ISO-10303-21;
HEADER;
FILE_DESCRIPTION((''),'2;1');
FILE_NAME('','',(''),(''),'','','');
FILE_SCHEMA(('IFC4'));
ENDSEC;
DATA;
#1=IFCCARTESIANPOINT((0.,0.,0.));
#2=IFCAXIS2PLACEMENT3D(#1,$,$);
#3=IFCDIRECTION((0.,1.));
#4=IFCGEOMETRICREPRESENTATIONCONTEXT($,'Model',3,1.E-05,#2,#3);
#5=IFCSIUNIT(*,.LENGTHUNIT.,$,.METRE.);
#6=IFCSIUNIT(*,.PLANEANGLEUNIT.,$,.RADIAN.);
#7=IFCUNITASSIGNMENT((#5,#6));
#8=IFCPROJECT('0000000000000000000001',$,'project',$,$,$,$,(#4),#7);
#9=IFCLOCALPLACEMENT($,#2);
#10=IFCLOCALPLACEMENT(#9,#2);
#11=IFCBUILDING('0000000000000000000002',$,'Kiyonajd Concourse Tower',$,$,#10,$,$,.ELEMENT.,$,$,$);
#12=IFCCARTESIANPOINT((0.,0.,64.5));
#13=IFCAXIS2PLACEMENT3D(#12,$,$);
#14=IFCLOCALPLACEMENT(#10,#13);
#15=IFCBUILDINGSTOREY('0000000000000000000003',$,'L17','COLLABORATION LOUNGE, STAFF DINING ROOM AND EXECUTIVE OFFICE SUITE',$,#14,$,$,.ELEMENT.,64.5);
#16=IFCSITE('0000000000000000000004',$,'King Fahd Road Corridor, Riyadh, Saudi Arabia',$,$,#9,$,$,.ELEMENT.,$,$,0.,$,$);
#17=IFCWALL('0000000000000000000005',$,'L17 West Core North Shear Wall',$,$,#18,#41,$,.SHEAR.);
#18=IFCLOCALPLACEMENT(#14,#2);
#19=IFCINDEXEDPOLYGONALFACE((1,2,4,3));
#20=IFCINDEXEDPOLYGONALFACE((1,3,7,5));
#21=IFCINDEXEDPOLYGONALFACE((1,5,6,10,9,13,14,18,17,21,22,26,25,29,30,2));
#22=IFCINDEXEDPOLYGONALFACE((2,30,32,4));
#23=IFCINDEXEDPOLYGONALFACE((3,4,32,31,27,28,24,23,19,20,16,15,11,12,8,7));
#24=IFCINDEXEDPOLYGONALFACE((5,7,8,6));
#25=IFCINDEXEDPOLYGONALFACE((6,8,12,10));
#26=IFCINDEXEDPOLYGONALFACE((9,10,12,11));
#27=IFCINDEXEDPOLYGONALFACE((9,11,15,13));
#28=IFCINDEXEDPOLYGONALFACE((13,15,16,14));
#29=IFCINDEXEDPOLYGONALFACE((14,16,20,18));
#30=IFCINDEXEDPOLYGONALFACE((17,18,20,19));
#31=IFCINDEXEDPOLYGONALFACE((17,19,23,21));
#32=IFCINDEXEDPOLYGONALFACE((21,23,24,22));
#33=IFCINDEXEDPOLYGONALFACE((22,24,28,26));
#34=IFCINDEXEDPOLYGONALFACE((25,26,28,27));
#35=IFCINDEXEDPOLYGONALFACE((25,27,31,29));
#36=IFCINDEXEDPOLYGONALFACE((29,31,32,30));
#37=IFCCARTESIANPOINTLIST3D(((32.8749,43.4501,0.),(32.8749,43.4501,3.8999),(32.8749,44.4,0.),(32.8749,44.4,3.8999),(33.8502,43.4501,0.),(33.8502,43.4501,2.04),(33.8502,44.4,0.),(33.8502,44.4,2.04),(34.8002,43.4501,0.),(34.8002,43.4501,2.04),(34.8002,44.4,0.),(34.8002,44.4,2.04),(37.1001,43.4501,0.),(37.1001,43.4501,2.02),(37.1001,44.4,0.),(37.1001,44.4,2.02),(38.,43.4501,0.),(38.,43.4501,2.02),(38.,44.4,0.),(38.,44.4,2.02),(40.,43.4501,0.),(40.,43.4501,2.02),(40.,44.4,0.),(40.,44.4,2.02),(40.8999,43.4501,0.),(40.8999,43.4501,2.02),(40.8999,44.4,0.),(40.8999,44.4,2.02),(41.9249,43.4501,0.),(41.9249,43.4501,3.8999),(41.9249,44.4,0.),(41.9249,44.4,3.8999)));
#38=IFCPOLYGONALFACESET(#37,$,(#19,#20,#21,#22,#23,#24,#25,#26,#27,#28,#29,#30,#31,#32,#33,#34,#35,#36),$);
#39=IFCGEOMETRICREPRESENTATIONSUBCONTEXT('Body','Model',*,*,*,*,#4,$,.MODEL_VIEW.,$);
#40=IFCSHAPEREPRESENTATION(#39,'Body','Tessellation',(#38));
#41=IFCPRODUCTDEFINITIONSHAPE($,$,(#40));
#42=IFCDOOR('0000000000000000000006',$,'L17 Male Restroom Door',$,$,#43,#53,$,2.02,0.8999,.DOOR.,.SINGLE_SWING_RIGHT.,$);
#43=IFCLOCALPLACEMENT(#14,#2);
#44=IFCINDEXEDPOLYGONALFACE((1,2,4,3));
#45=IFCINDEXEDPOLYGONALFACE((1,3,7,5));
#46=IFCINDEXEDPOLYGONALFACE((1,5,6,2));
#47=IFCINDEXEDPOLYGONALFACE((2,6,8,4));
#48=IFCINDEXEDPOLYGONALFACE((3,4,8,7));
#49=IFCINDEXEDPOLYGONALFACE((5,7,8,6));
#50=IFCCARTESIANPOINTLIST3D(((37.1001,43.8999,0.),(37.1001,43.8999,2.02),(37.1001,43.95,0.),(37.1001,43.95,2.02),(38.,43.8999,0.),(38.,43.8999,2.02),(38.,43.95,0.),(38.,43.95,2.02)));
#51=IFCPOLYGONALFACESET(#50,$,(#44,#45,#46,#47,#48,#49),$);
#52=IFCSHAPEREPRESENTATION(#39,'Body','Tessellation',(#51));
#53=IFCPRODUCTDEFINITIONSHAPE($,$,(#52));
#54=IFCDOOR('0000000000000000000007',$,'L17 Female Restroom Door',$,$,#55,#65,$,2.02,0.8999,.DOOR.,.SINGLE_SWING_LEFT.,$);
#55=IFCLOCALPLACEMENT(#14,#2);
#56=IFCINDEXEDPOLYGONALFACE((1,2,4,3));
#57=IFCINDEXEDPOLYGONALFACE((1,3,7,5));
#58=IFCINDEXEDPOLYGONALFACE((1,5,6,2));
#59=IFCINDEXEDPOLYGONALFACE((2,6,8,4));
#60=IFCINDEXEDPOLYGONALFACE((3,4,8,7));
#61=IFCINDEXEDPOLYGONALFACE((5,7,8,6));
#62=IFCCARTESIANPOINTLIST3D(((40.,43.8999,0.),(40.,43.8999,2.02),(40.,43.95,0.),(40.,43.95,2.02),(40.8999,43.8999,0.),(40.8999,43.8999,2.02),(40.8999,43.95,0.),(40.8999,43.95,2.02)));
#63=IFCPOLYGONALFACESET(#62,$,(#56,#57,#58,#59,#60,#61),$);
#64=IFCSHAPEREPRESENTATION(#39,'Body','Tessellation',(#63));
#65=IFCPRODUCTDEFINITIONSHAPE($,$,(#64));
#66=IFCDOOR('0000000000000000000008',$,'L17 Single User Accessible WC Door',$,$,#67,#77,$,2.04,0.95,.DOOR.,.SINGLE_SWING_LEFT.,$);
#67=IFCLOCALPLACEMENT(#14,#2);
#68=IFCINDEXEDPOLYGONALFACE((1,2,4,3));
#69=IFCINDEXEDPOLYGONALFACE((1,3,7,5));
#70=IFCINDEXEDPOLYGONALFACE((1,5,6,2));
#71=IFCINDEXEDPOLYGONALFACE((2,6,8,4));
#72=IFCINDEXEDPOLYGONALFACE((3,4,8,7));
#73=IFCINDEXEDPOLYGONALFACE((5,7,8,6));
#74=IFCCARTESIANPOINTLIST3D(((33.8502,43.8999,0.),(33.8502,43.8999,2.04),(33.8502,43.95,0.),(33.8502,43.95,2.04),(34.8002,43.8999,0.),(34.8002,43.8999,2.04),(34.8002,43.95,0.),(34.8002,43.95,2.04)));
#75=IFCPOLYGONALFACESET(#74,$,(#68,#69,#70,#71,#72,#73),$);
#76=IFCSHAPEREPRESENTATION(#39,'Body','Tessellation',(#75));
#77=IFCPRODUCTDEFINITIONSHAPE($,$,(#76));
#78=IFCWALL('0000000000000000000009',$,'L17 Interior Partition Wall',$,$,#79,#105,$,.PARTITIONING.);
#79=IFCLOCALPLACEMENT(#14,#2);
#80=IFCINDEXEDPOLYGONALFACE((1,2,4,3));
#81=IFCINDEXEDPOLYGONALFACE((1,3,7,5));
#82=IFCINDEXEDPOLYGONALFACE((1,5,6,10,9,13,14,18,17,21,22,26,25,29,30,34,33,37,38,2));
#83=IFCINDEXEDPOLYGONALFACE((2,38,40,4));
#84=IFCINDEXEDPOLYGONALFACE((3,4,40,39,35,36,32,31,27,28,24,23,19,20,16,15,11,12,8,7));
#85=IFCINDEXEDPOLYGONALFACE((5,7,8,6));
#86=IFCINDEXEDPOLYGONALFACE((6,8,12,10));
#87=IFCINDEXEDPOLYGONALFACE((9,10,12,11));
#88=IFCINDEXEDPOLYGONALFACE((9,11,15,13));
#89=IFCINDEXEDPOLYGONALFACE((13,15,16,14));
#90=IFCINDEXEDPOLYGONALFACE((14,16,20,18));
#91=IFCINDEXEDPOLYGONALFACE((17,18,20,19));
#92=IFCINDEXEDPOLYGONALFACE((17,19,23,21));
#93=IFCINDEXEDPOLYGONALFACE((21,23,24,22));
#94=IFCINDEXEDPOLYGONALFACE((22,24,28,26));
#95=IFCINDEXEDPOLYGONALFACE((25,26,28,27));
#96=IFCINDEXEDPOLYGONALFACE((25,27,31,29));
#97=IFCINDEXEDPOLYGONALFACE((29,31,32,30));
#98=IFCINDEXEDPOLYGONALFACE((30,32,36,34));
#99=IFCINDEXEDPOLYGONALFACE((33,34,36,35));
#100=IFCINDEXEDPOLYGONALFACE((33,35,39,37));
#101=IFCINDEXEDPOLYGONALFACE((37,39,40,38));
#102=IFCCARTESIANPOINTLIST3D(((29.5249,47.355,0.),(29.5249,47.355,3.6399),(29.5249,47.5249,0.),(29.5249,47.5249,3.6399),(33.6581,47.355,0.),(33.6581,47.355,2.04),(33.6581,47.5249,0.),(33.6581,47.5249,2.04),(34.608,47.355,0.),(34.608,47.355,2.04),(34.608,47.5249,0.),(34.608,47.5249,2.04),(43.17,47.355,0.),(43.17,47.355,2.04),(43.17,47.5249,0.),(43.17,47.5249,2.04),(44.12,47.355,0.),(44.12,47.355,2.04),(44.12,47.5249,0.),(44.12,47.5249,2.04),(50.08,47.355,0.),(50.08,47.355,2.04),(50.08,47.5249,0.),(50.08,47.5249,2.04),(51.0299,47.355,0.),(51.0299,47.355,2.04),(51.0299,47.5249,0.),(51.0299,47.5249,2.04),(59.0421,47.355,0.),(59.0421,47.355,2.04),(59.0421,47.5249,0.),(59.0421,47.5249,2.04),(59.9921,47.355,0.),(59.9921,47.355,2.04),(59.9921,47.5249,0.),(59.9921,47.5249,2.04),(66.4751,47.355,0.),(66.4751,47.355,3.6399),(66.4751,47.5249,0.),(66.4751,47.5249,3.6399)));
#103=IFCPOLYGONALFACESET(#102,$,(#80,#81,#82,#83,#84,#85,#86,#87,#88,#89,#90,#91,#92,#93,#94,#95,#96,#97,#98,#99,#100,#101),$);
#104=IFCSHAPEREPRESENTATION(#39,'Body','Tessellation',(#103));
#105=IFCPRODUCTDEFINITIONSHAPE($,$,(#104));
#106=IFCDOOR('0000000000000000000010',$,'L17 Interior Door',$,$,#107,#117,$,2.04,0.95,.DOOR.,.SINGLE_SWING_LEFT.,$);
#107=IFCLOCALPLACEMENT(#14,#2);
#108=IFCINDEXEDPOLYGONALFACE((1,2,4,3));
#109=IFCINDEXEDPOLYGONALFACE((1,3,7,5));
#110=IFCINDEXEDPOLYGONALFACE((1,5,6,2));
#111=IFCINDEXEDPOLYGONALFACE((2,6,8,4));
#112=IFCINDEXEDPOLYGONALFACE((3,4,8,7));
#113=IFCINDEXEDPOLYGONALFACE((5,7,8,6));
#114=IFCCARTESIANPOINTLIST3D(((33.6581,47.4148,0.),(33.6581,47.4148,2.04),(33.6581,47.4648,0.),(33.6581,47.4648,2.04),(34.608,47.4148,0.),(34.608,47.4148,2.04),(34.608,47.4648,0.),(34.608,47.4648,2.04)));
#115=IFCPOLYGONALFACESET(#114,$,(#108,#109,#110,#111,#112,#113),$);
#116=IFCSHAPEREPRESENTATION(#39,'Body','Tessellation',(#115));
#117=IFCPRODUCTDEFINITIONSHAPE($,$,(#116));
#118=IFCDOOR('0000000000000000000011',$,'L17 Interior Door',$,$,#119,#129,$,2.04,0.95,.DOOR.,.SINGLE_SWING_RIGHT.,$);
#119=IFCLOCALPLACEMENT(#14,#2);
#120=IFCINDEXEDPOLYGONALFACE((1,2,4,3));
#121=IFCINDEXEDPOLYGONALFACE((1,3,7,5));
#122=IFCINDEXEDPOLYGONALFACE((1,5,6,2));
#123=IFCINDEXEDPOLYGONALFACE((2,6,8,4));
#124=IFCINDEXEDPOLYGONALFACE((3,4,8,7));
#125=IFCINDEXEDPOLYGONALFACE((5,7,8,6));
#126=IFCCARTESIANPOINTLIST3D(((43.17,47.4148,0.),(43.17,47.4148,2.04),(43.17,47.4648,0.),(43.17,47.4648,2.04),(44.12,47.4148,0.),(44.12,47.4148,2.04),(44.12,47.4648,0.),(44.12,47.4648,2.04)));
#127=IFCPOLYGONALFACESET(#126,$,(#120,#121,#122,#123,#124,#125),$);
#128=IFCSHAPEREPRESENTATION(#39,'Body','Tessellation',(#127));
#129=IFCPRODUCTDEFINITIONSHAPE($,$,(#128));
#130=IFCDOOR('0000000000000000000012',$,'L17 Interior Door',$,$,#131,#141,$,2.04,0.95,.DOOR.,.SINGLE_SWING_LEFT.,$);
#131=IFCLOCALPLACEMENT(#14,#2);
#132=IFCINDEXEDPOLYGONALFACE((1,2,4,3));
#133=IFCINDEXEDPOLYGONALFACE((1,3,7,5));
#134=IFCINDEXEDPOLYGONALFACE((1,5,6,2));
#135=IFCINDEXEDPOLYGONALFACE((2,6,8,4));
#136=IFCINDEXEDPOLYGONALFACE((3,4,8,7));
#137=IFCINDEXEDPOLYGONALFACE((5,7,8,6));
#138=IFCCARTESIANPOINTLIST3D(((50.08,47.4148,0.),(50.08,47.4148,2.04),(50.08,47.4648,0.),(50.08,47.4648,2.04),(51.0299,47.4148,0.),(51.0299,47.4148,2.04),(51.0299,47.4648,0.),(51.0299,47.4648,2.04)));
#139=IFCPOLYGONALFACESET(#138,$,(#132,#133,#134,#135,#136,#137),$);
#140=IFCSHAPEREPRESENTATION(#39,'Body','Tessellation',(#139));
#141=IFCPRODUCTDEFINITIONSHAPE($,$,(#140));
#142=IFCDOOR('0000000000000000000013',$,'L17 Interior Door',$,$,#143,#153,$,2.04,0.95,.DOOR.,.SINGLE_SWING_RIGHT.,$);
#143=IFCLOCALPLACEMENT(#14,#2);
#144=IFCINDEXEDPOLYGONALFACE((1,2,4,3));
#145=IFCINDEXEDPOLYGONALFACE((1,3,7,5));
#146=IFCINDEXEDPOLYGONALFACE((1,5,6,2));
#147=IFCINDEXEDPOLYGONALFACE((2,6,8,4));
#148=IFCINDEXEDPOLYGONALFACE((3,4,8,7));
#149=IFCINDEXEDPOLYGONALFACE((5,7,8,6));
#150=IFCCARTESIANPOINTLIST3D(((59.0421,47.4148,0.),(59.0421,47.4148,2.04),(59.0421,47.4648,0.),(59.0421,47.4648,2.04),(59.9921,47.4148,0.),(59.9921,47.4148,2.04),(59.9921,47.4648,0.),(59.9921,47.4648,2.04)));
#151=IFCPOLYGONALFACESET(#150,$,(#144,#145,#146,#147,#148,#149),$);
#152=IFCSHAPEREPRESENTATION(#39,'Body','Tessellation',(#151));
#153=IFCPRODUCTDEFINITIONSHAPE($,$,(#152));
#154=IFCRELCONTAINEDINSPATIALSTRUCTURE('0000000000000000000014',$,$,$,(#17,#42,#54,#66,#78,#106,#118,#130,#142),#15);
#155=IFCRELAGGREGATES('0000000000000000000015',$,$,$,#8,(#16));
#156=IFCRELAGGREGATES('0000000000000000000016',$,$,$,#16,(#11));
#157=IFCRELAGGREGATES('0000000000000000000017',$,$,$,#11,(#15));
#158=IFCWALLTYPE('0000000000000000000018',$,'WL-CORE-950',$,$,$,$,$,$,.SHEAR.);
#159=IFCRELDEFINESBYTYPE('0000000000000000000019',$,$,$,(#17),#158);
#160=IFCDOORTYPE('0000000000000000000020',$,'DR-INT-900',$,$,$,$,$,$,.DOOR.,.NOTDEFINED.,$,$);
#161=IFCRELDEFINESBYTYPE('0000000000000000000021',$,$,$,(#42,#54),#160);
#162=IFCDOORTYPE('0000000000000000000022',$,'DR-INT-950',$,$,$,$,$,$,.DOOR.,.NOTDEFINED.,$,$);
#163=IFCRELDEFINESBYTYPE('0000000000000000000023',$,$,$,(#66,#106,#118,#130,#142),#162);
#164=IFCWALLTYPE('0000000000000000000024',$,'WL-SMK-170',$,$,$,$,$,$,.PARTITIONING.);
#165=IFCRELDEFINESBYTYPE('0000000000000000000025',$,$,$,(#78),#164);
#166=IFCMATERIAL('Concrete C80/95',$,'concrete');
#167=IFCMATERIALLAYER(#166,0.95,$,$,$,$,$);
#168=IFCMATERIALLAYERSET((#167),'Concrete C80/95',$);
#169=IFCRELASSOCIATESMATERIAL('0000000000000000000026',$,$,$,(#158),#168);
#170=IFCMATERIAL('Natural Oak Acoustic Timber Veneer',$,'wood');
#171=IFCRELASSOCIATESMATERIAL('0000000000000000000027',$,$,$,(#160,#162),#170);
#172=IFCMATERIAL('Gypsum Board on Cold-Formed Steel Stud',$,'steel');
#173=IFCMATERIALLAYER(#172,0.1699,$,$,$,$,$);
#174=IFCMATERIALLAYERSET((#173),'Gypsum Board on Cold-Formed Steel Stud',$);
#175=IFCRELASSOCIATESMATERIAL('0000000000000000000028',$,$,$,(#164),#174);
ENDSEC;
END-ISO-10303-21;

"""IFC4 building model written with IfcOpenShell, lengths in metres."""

from ifc_helpers import new_model, si_unit, direction, frame, frame_2d, origin, place, context, subcontext, project, spatial, rectangle, extrude, material, layer, layer_set, type_object, element, fill, save


model = new_model("IFC4")

# Units and contexts
model_context = context("Model", 3, precision=1e-05, world=origin(), true_north=direction((0.0, 1.0)))
body_context = subcontext(model_context, "Body", "Model", "MODEL_VIEW")
ifc_project = project(units=[si_unit("LENGTHUNIT", "METRE"), si_unit("PLANEANGLEUNIT", "RADIAN")], contexts=[model_context])

# Site, building, storey
site_placement = place(None, origin())
site = spatial("IfcSite", under=ifc_project, at=site_placement, Name="King Fahd Road Corridor, Riyadh, Saudi Arabia", CompositionType="ELEMENT", RefElevation=0.0)
building_placement = place(site_placement, origin())
building = spatial("IfcBuilding", under=site, at=building_placement, Name="Kiyonajd Concourse Tower", CompositionType="ELEMENT")
storey_placement = place(building_placement, frame((0.0, 0.0, 64.5)))
storey = spatial("IfcBuildingStorey", under=building, at=storey_placement, Name="L17", Description="COLLABORATION LOUNGE, STAFF DINING ROOM AND EXECUTIVE OFFICE SUITE", CompositionType="ELEMENT", Elevation=64.5)

# Shared definitions
ifc_material_1 = material(Name="Concrete C80/95", Category="concrete")

# Walls, openings, doors
ifc_layer_1 = layer(ifc_material_1, 0.95)
ifc_layer_set_1 = layer_set([ifc_layer_1], Name="Concrete C80/95")
wall_type_1 = type_object("IfcWallType", Name="WL-CORE-950", PredefinedType="SHEAR", material=ifc_layer_set_1)
wall_1_placement = place(storey_placement, frame((32.875, 43.925, 0.0), z_axis=(0.0, 0.0, 1.0), x_axis=(1.0, 0.0, 0.0)))
wall_1 = element("IfcWall", 1, at=wall_1_placement, inside=storey, type_object=wall_type_1, Name="L17 West Core North Shear Wall", PredefinedType="SHEAR", context=body_context, shape_type="SweptSolid", body=[
    extrude(rectangle(XDim=9.05, YDim=0.95, at=frame_2d((4.5249, 0.0))), origin(), (0.0, 0.0, 1.0), 3.8999),
])
opening_1_placement = place(wall_1_placement, frame((0.9751, 0.0, 0.0)))
opening_1 = element("IfcOpeningElement", 2, at=opening_1_placement, cuts=wall_1, PredefinedType="OPENING", context=body_context, shape_type="SweptSolid", body=[
    extrude(rectangle(XDim=0.95, YDim=2.04, at=frame_2d((0.4751, 1.02))), frame((0.0, 0.4849, 0.0), z_axis=(0.0, -1.0, 0.0), x_axis=(1.0, 0.0, 0.0)), (0.0, 0.0, 1.0), 0.97),
])
opening_2_placement = place(wall_1_placement, frame((4.2251, 0.0, 0.0)))
opening_2 = element("IfcOpeningElement", 3, at=opening_2_placement, cuts=wall_1, PredefinedType="OPENING", context=body_context, shape_type="SweptSolid", body=[
    extrude(rectangle(XDim=0.8999, YDim=2.02, at=frame_2d((0.45, 1.01))), frame((0.0, 0.4849, 0.0), z_axis=(0.0, -1.0, 0.0), x_axis=(1.0, 0.0, 0.0)), (0.0, 0.0, 1.0), 0.97),
])
opening_3_placement = place(wall_1_placement, frame((7.125, 0.0, 0.0)))
opening_3 = element("IfcOpeningElement", 4, at=opening_3_placement, cuts=wall_1, PredefinedType="OPENING", context=body_context, shape_type="SweptSolid", body=[
    extrude(rectangle(XDim=0.8999, YDim=2.02, at=frame_2d((0.45, 1.01))), frame((0.0, 0.4849, 0.0), z_axis=(0.0, -1.0, 0.0), x_axis=(1.0, 0.0, 0.0)), (0.0, 0.0, 1.0), 0.97),
])
ifc_material_2 = material(Name="Natural Oak Acoustic Timber Veneer", Category="wood")
door_type_1 = type_object("IfcDoorType", Name="DR-INT-900", OperationType="NOTDEFINED", PredefinedType="DOOR", material=ifc_material_2)
door_1_placement = place(opening_2_placement, origin())
door_1 = element("IfcDoor", 5, at=door_1_placement, inside=storey, type_object=door_type_1, Name="L17 Male Restroom Door", OperationType="SINGLE_SWING_RIGHT", OverallHeight=2.02, OverallWidth=0.8999, PredefinedType="DOOR", context=body_context, shape_type="SweptSolid", body=[
    extrude(rectangle(XDim=0.8999, YDim=2.02, at=frame_2d((0.45, 1.01))), frame((0.0, 0.0249, 0.0), z_axis=(0.0, -1.0, 0.0), x_axis=(1.0, 0.0, 0.0)), (0.0, 0.0, 1.0), 0.05),
])
fill(opening_2, door_1)
door_2_placement = place(opening_3_placement, origin())
door_2 = element("IfcDoor", 6, at=door_2_placement, inside=storey, type_object=door_type_1, Name="L17 Female Restroom Door", OperationType="SINGLE_SWING_LEFT", OverallHeight=2.02, OverallWidth=0.8999, PredefinedType="DOOR", context=body_context, shape_type="SweptSolid", body=[
    extrude(rectangle(XDim=0.8999, YDim=2.02, at=frame_2d((0.45, 1.01))), frame((0.0, 0.0249, 0.0), z_axis=(0.0, -1.0, 0.0), x_axis=(1.0, 0.0, 0.0)), (0.0, 0.0, 1.0), 0.05),
])
fill(opening_3, door_2)
door_type_2 = type_object("IfcDoorType", Name="DR-INT-950", OperationType="NOTDEFINED", PredefinedType="DOOR", material=ifc_material_2)
door_3_placement = place(opening_1_placement, origin())
door_3 = element("IfcDoor", 7, at=door_3_placement, inside=storey, type_object=door_type_2, Name="L17 Single User Accessible WC Door", OperationType="SINGLE_SWING_LEFT", OverallHeight=2.04, OverallWidth=0.95, PredefinedType="DOOR", context=body_context, shape_type="SweptSolid", body=[
    extrude(rectangle(XDim=0.95, YDim=2.04, at=frame_2d((0.4751, 1.02))), frame((0.0, 0.0249, 0.0), z_axis=(0.0, -1.0, 0.0), x_axis=(1.0, 0.0, 0.0)), (0.0, 0.0, 1.0), 0.05),
])
fill(opening_1, door_3)
ifc_material_3 = material(Name="Gypsum Board on Cold-Formed Steel Stud", Category="steel")
ifc_layer_2 = layer(ifc_material_3, 0.1699)
ifc_layer_set_2 = layer_set([ifc_layer_2], Name="Gypsum Board on Cold-Formed Steel Stud")
wall_type_2 = type_object("IfcWallType", Name="WL-SMK-170", PredefinedType="PARTITIONING", material=ifc_layer_set_2)
wall_2_placement = place(storey_placement, frame((29.5249, 47.4399, 0.0), z_axis=(0.0, 0.0, 1.0), x_axis=(1.0, 0.0, 0.0)))
wall_2 = element("IfcWall", 8, at=wall_2_placement, inside=storey, type_object=wall_type_2, Name="L17 Interior Partition Wall", PredefinedType="PARTITIONING", context=body_context, shape_type="SweptSolid", body=[
    extrude(rectangle(XDim=36.9502, YDim=0.1699, at=frame_2d((18.4751, 0.0))), origin(), (0.0, 0.0, 1.0), 3.6399),
])
opening_4_placement = place(wall_2_placement, frame((4.1331, 0.0, 0.0)))
opening_4 = element("IfcOpeningElement", 9, at=opening_4_placement, cuts=wall_2, PredefinedType="OPENING", context=body_context, shape_type="SweptSolid", body=[
    extrude(rectangle(XDim=0.95, YDim=2.04, at=frame_2d((0.4751, 1.02))), frame((0.0, 0.095, 0.0), z_axis=(0.0, -1.0, 0.0), x_axis=(1.0, 0.0, 0.0)), (0.0, 0.0, 1.0), 0.1899),
])
opening_5_placement = place(wall_2_placement, frame((13.645, 0.0, 0.0)))
opening_5 = element("IfcOpeningElement", 10, at=opening_5_placement, cuts=wall_2, PredefinedType="OPENING", context=body_context, shape_type="SweptSolid", body=[
    extrude(rectangle(XDim=0.95, YDim=2.04, at=frame_2d((0.4751, 1.02))), frame((0.0, 0.095, 0.0), z_axis=(0.0, -1.0, 0.0), x_axis=(1.0, 0.0, 0.0)), (0.0, 0.0, 1.0), 0.1899),
])
opening_6_placement = place(wall_2_placement, frame((20.5549, 0.0, 0.0)))
opening_6 = element("IfcOpeningElement", 11, at=opening_6_placement, cuts=wall_2, PredefinedType="OPENING", context=body_context, shape_type="SweptSolid", body=[
    extrude(rectangle(XDim=0.95, YDim=2.04, at=frame_2d((0.4751, 1.02))), frame((0.0, 0.095, 0.0), z_axis=(0.0, -1.0, 0.0), x_axis=(1.0, 0.0, 0.0)), (0.0, 0.0, 1.0), 0.1899),
])
opening_7_placement = place(wall_2_placement, frame((29.5171, 0.0, 0.0)))
opening_7 = element("IfcOpeningElement", 12, at=opening_7_placement, cuts=wall_2, PredefinedType="OPENING", context=body_context, shape_type="SweptSolid", body=[
    extrude(rectangle(XDim=0.95, YDim=2.04, at=frame_2d((0.4751, 1.02))), frame((0.0, 0.095, 0.0), z_axis=(0.0, -1.0, 0.0), x_axis=(1.0, 0.0, 0.0)), (0.0, 0.0, 1.0), 0.1899),
])
door_4_placement = place(opening_4_placement, origin())
door_4 = element("IfcDoor", 13, at=door_4_placement, inside=storey, type_object=door_type_2, Name="L17 Interior Door", OperationType="SINGLE_SWING_LEFT", OverallHeight=2.04, OverallWidth=0.95, PredefinedType="DOOR", context=body_context, shape_type="SweptSolid", body=[
    extrude(rectangle(XDim=0.95, YDim=2.04, at=frame_2d((0.4751, 1.02))), frame((0.0, 0.0249, 0.0), z_axis=(0.0, -1.0, 0.0), x_axis=(1.0, 0.0, 0.0)), (0.0, 0.0, 1.0), 0.05),
])
fill(opening_4, door_4)
door_5_placement = place(opening_5_placement, origin())
door_5 = element("IfcDoor", 14, at=door_5_placement, inside=storey, type_object=door_type_2, Name="L17 Interior Door", OperationType="SINGLE_SWING_RIGHT", OverallHeight=2.04, OverallWidth=0.95, PredefinedType="DOOR", context=body_context, shape_type="SweptSolid", body=[
    extrude(rectangle(XDim=0.95, YDim=2.04, at=frame_2d((0.4751, 1.02))), frame((0.0, 0.0249, 0.0), z_axis=(0.0, -1.0, 0.0), x_axis=(1.0, 0.0, 0.0)), (0.0, 0.0, 1.0), 0.05),
])
fill(opening_5, door_5)
door_6_placement = place(opening_6_placement, origin())
door_6 = element("IfcDoor", 15, at=door_6_placement, inside=storey, type_object=door_type_2, Name="L17 Interior Door", OperationType="SINGLE_SWING_LEFT", OverallHeight=2.04, OverallWidth=0.95, PredefinedType="DOOR", context=body_context, shape_type="SweptSolid", body=[
    extrude(rectangle(XDim=0.95, YDim=2.04, at=frame_2d((0.4751, 1.02))), frame((0.0, 0.0249, 0.0), z_axis=(0.0, -1.0, 0.0), x_axis=(1.0, 0.0, 0.0)), (0.0, 0.0, 1.0), 0.05),
])
fill(opening_6, door_6)
door_7_placement = place(opening_7_placement, origin())
door_7 = element("IfcDoor", 16, at=door_7_placement, inside=storey, type_object=door_type_2, Name="L17 Interior Door", OperationType="SINGLE_SWING_RIGHT", OverallHeight=2.04, OverallWidth=0.95, PredefinedType="DOOR", context=body_context, shape_type="SweptSolid", body=[
    extrude(rectangle(XDim=0.95, YDim=2.04, at=frame_2d((0.4751, 1.02))), frame((0.0, 0.0249, 0.0), z_axis=(0.0, -1.0, 0.0), x_axis=(1.0, 0.0, 0.0)), (0.0, 0.0, 1.0), 0.05),
])
fill(opening_7, door_7)

save(model, "model.ifc")
